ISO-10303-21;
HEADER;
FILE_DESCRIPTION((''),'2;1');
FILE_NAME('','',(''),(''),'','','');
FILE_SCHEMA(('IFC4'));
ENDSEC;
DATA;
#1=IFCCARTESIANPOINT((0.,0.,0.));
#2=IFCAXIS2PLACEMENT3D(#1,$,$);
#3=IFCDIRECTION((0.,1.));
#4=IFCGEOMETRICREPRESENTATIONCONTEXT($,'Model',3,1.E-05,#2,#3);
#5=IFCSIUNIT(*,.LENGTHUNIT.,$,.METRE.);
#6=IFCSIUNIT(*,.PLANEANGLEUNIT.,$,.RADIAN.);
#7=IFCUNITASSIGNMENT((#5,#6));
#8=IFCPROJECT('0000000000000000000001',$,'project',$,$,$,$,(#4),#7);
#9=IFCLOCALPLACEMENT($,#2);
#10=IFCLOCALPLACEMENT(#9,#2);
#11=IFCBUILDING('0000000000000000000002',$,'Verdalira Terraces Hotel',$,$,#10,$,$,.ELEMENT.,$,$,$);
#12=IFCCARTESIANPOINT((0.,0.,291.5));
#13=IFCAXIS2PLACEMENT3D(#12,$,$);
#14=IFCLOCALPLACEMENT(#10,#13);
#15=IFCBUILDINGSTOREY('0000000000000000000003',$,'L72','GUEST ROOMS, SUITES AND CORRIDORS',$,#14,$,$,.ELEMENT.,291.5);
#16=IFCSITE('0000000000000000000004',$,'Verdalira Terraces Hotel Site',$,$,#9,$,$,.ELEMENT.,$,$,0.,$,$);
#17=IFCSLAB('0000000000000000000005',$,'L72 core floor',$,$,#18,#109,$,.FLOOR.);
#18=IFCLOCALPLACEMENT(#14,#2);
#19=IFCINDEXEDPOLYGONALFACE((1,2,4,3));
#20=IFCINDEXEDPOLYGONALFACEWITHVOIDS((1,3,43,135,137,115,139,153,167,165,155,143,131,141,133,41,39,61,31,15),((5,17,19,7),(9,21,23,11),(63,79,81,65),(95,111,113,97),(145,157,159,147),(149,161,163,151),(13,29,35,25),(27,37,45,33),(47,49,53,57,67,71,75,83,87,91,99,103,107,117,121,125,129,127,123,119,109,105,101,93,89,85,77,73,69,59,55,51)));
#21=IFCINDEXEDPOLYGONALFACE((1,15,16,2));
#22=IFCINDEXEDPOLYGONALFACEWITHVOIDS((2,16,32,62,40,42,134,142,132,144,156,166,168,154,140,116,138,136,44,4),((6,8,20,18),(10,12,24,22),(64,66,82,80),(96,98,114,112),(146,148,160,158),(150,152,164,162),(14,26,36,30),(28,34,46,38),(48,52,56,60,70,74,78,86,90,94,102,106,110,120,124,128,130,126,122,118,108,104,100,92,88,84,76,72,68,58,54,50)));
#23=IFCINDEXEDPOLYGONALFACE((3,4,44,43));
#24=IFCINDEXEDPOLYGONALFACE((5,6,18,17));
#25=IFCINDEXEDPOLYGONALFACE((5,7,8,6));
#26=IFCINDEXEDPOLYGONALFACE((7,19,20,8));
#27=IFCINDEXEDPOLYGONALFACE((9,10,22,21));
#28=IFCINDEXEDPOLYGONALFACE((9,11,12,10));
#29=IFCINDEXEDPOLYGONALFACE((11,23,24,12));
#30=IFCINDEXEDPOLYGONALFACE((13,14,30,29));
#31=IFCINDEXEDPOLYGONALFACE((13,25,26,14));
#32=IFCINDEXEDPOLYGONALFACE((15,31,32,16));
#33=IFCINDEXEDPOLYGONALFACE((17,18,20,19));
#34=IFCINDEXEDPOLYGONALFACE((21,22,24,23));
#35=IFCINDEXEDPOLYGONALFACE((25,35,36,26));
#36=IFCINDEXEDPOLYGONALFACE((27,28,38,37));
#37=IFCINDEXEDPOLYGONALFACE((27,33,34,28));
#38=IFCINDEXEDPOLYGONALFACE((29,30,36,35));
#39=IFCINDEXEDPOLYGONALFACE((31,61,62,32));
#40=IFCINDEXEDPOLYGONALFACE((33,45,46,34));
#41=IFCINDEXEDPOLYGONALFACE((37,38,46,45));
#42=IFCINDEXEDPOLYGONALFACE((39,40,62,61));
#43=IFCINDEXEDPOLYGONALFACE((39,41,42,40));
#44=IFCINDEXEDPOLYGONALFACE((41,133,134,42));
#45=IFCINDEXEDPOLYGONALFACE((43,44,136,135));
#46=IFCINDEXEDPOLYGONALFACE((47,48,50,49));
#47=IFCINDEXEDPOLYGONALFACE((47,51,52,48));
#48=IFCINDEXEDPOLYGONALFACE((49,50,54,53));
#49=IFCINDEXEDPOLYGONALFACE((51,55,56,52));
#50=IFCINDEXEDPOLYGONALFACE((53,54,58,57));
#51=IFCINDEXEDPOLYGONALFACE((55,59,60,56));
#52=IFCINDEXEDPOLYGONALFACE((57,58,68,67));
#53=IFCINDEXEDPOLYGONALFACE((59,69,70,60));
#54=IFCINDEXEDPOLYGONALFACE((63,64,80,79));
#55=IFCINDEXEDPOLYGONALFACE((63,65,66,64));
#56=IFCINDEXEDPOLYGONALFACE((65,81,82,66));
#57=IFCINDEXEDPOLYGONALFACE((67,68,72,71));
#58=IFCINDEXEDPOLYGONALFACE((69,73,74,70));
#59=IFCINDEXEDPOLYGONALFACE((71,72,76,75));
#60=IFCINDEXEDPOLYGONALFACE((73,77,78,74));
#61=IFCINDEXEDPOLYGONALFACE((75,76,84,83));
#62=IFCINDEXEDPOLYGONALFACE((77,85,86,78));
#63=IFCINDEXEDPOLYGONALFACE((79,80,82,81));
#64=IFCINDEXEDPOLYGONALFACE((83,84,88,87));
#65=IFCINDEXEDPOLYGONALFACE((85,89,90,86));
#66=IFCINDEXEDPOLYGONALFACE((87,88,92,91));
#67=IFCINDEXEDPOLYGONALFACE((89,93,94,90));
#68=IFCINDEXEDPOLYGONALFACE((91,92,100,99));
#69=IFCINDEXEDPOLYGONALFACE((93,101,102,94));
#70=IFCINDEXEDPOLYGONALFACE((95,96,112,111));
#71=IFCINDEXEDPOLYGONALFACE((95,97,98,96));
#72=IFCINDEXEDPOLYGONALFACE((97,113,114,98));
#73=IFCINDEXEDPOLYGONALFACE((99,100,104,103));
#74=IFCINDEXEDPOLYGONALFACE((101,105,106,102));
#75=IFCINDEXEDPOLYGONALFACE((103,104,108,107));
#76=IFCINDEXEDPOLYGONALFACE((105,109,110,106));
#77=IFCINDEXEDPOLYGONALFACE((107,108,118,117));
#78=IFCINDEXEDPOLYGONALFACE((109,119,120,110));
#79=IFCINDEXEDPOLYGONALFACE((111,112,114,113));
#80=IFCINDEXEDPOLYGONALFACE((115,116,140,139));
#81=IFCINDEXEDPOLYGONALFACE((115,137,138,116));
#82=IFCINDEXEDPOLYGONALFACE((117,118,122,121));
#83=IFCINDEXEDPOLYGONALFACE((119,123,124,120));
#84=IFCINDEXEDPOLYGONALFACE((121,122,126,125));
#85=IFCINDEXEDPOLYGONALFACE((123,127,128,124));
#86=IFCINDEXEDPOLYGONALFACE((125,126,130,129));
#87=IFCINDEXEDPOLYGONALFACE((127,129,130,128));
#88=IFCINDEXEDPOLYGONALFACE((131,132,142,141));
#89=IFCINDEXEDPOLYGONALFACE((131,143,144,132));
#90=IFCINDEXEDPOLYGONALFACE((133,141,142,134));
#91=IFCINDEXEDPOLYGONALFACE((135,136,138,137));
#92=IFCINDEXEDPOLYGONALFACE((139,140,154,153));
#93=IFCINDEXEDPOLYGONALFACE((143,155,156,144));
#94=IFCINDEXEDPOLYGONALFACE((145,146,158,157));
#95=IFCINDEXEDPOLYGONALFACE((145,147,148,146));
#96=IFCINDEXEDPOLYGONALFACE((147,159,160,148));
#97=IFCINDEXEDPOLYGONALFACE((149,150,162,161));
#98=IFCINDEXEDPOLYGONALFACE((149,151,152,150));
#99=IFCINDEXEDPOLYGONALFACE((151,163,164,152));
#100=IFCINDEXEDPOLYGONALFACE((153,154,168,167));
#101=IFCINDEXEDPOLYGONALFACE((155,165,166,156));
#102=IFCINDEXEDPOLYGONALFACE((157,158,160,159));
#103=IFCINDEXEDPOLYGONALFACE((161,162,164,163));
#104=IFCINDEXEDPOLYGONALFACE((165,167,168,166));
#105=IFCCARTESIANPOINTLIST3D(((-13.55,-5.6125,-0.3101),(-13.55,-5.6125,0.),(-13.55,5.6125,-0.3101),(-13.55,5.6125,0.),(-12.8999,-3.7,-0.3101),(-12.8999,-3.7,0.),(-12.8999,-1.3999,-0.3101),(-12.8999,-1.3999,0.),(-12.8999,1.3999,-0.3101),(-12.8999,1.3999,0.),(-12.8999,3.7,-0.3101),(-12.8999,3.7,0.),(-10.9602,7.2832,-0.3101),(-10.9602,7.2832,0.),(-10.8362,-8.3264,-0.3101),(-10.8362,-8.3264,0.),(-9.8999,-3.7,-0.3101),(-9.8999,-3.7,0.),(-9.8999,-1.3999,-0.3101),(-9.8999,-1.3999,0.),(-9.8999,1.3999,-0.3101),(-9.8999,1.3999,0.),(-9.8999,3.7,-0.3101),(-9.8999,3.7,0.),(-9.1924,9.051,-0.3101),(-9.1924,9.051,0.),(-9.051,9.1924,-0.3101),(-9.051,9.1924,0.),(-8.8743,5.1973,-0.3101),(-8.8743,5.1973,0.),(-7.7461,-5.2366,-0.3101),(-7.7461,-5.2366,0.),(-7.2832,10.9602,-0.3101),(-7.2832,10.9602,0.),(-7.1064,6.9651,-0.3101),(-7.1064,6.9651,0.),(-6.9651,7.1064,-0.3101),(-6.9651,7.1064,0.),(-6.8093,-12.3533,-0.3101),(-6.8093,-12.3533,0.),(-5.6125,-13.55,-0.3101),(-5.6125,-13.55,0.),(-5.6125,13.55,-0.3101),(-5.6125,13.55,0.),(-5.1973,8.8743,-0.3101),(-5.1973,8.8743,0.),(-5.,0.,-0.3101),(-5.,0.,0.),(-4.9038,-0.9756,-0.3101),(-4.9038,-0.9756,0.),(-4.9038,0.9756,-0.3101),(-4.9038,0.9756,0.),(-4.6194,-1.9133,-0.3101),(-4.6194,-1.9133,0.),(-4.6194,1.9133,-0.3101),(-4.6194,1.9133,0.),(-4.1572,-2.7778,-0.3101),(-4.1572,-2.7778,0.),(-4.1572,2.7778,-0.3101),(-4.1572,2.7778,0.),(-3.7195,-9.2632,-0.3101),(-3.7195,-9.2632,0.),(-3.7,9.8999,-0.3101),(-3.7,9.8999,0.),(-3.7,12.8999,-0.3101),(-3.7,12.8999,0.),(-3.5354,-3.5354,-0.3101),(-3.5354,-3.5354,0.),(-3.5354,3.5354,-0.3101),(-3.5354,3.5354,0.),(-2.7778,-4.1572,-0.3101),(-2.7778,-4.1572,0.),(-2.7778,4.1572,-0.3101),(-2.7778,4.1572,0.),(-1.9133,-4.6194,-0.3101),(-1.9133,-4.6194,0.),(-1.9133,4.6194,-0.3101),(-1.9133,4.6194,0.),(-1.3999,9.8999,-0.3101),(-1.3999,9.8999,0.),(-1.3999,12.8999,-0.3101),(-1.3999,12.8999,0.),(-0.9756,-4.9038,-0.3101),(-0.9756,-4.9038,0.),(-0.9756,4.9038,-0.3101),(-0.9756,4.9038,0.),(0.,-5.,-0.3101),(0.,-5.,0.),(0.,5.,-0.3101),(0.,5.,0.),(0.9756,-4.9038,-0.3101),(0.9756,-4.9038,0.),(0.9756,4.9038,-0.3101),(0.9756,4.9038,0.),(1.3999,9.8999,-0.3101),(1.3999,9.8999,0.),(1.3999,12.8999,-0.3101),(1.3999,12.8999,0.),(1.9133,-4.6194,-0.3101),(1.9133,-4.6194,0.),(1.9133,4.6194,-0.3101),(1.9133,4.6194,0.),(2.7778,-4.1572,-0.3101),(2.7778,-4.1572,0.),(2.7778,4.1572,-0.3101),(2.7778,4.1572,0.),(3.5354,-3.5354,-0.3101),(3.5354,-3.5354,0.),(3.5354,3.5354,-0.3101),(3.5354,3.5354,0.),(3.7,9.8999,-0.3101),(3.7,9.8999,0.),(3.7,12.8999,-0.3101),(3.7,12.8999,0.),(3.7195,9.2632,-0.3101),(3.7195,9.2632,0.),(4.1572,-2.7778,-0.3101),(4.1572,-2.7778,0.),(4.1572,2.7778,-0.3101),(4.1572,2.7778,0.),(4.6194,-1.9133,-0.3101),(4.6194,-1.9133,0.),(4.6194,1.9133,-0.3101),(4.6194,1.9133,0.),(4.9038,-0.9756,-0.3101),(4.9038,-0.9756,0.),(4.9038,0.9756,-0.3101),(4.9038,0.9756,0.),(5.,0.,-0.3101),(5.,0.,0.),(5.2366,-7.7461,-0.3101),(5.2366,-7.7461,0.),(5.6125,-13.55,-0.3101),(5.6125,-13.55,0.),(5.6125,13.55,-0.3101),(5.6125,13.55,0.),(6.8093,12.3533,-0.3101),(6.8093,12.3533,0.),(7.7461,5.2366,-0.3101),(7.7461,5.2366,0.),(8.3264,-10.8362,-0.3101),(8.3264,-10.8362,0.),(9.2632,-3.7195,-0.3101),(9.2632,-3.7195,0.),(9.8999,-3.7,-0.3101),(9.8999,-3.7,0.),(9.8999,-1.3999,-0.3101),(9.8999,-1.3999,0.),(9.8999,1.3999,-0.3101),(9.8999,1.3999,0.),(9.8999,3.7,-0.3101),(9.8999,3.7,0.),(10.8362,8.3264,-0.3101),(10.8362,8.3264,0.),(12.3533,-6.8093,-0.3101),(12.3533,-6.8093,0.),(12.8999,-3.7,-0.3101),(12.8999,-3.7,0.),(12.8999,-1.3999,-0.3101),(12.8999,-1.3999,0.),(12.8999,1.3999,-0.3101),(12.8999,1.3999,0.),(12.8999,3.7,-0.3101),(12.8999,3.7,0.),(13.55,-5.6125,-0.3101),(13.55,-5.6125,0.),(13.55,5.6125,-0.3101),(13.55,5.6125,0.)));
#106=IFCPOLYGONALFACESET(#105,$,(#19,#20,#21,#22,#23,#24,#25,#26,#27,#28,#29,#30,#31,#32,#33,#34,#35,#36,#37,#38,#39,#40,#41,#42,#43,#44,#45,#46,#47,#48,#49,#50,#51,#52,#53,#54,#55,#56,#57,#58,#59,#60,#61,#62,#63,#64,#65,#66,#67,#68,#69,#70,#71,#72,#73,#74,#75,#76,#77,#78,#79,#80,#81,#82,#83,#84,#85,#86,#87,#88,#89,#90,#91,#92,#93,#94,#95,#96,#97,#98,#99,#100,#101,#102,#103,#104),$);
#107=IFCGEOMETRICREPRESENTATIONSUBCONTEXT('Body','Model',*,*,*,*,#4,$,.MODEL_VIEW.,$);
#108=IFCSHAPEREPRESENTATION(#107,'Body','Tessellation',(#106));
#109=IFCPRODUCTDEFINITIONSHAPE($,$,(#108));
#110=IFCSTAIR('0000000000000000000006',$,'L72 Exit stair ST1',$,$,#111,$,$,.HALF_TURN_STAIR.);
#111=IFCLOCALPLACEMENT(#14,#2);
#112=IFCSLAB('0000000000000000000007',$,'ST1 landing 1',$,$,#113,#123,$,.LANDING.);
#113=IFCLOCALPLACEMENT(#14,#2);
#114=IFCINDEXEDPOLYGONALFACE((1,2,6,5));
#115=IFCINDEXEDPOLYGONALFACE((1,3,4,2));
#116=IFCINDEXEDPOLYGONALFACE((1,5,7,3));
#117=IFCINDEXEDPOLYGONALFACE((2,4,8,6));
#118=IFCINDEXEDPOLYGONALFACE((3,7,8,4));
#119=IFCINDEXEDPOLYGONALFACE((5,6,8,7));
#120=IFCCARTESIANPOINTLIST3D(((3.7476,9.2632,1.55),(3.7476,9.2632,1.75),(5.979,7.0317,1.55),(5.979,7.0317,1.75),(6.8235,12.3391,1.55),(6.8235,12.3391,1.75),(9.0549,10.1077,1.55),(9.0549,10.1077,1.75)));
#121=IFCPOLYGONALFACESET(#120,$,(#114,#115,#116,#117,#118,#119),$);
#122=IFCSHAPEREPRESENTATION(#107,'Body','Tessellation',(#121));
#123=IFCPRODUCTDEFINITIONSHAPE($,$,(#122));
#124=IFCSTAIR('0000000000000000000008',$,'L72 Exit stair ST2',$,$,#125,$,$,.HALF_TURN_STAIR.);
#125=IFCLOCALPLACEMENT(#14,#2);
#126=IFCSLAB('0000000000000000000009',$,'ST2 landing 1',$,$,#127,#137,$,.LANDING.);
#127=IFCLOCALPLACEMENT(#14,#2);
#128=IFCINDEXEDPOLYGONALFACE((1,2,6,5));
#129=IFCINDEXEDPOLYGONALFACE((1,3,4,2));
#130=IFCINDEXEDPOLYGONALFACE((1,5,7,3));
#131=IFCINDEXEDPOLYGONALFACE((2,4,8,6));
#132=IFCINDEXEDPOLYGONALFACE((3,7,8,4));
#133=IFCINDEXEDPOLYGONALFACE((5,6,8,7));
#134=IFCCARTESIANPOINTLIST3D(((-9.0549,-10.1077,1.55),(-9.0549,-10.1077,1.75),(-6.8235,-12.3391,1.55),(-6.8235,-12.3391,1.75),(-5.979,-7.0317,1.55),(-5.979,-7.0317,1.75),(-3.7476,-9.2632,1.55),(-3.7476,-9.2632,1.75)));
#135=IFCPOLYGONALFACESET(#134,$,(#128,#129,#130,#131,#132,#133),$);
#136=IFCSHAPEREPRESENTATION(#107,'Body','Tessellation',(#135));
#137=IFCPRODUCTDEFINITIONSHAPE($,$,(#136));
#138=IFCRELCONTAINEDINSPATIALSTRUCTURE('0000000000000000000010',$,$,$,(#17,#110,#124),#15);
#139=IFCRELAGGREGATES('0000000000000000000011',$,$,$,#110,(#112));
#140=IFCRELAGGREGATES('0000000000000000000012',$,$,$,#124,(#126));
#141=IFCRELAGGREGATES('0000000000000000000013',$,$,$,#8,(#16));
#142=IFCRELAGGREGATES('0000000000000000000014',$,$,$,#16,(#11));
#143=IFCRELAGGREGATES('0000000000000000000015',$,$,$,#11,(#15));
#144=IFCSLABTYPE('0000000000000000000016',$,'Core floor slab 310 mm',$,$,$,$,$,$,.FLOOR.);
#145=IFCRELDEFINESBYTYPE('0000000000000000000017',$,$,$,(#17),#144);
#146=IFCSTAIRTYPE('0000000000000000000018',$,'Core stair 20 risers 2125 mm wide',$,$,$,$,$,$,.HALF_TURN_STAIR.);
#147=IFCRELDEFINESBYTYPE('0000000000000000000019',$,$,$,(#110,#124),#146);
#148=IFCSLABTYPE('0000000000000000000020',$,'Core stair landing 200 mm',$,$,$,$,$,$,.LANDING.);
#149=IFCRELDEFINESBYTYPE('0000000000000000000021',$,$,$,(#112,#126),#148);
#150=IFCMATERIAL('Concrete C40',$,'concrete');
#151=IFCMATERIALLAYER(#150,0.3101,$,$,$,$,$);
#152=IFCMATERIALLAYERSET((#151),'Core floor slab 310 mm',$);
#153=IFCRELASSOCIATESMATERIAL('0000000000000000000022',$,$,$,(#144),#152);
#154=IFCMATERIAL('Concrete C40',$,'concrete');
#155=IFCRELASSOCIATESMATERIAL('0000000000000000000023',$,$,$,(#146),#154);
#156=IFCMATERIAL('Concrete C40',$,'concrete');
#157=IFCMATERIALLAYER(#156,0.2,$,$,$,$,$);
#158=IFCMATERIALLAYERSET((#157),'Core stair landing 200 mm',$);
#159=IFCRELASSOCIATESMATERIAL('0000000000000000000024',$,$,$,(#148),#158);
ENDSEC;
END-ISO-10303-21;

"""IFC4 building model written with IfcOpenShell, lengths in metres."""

from ifc_helpers import new_model, si_unit, direction, frame, origin, place, context, subcontext, project, spatial, polyline, outline, extrude, material, layer, layer_set, type_object, element, aggregate, save


model = new_model("IFC4")

# Units and contexts
model_context = context("Model", 3, precision=1e-05, world=origin(), true_north=direction((0.0, 1.0)))
body_context = subcontext(model_context, "Body", "Model", "MODEL_VIEW")
ifc_project = project(units=[si_unit("LENGTHUNIT", "METRE"), si_unit("PLANEANGLEUNIT", "RADIAN")], contexts=[model_context])

# Site, building, storey
site_placement = place(None, origin())
site = spatial("IfcSite", under=ifc_project, at=site_placement, Name="Verdalira Terraces Hotel Site", CompositionType="ELEMENT", RefElevation=0.0)
building_placement = place(site_placement, origin())
building = spatial("IfcBuilding", under=site, at=building_placement, Name="Verdalira Terraces Hotel", CompositionType="ELEMENT")
storey_placement = place(building_placement, frame((0.0, 0.0, 291.5)))
storey = spatial("IfcBuildingStorey", under=building, at=storey_placement, Name="L72", Description="GUEST ROOMS, SUITES AND CORRIDORS", CompositionType="ELEMENT", Elevation=291.5)

# Slab
ifc_material_1 = material(Name="Concrete C40", Category="concrete")
ifc_layer_1 = layer(ifc_material_1, 0.3101)
ifc_layer_set_1 = layer_set([ifc_layer_1], Name="Core floor slab 310 mm")
slab_type_1 = type_object("IfcSlabType", Name="Core floor slab 310 mm", PredefinedType="FLOOR", material=ifc_layer_set_1)
slab_1_placement = place(storey_placement, frame((0.0, 0.0, -0.3101)))
element("IfcSlab", 1, at=slab_1_placement, inside=storey, type_object=slab_type_1, Name="L72 core floor", PredefinedType="FLOOR", context=body_context, shape_type="SweptSolid", body=[
    extrude(outline(polyline([(-6.8093, -12.3533), (-3.7195, -9.2632), (-7.7461, -5.2366), (-10.8362, -8.3264), (-13.55, -5.6125), (-13.55, 5.6125), (-5.6125, 13.55), (5.6125, 13.55), (6.8093, 12.3533), (3.7195, 9.2632), (7.7461, 5.2366), (10.8362, 8.3264), (13.55, 5.6125), (13.55, -5.6125), (12.3533, -6.8093), (9.2632, -3.7195), (5.2366, -7.7461), (8.3264, -10.8362), (5.6125, -13.55), (-5.6125, -13.55), (-6.8093, -12.3533)]), holes=[polyline([(9.8999, -1.3999), (9.8999, -3.7), (12.8999, -3.7), (12.8999, -1.3999), (9.8999, -1.3999)]), polyline([(9.8999, 3.7), (9.8999, 1.3999), (12.8999, 1.3999), (12.8999, 3.7), (9.8999, 3.7)]), polyline([(3.7, 12.8999), (1.3999, 12.8999), (1.3999, 9.8999), (3.7, 9.8999), (3.7, 12.8999)]), polyline([(-1.3999, 12.8999), (-3.7, 12.8999), (-3.7, 9.8999), (-1.3999, 9.8999), (-1.3999, 12.8999)]), polyline([(-9.8999, 1.3999), (-9.8999, 3.7), (-12.8999, 3.7), (-12.8999, 1.3999), (-9.8999, 1.3999)]), polyline([(-9.8999, -3.7), (-9.8999, -1.3999), (-12.8999, -1.3999), (-12.8999, -3.7), (-9.8999, -3.7)]), polyline([(-9.051, 9.1924), (-6.9651, 7.1064), (-5.1973, 8.8743), (-7.2832, 10.9602), (-9.051, 9.1924)]), polyline([(-9.1924, 9.051), (-10.9602, 7.2832), (-8.8743, 5.1973), (-7.1064, 6.9651), (-9.1924, 9.051)]), polyline([(3.5354, 3.5354), (2.7778, 4.1572), (1.9133, 4.6194), (0.9756, 4.9038), (0.0, 5.0), (-0.9756, 4.9038), (-1.9133, 4.6194), (-2.7778, 4.1572), (-3.5354, 3.5354), (-4.1572, 2.7778), (-4.6194, 1.9133), (-4.9038, 0.9756), (-5.0, 0.0), (-4.9038, -0.9756), (-4.6194, -1.9133), (-4.1572, -2.7778), (-3.5354, -3.5354), (-2.7778, -4.1572), (-1.9133, -4.6194), (-0.9756, -4.9038), (0.0, -5.0), (0.9756, -4.9038), (1.9133, -4.6194), (2.7778, -4.1572), (3.5354, -3.5354), (4.1572, -2.7778), (4.6194, -1.9133), (4.9038, -0.9756), (5.0, 0.0), (4.9038, 0.9756), (4.6194, 1.9133), (4.1572, 2.7778), (3.5354, 3.5354)])]), origin(), (0.0, 0.0, 1.0), 0.3101),
])

# Stairs, slabs
ifc_material_2 = material(Name="Concrete C40", Category="concrete")
stair_type = type_object("IfcStairType", Name="Core stair 20 risers 2125 mm wide", PredefinedType="HALF_TURN_STAIR", material=ifc_material_2)
stair_1_placement = place(storey_placement, origin())
stair_1 = element("IfcStair", 2, at=stair_1_placement, inside=storey, type_object=stair_type, Name="L72 Exit stair ST1", PredefinedType="HALF_TURN_STAIR")
ifc_material_3 = material(Name="Concrete C40", Category="concrete")
ifc_layer_2 = layer(ifc_material_3, 0.2)
ifc_layer_set_2 = layer_set([ifc_layer_2], Name="Core stair landing 200 mm")
slab_type_2 = type_object("IfcSlabType", Name="Core stair landing 200 mm", PredefinedType="LANDING", material=ifc_layer_set_2)
slab_2_placement = place(storey_placement, frame((0.0, 0.0, 1.55)))
slab_2 = element("IfcSlab", 3, at=slab_2_placement, type_object=slab_type_2, Name="ST1 landing 1", PredefinedType="LANDING", context=body_context, shape_type="SweptSolid", body=[
    extrude(outline(polyline([(9.0549, 10.1077), (6.8235, 12.3391), (3.7476, 9.2632), (5.979, 7.0317), (9.0549, 10.1077)])), origin(), (0.0, 0.0, 1.0), 0.2),
])
aggregate(stair_1, [slab_2])
stair_2_placement = place(storey_placement, origin())
stair_2 = element("IfcStair", 4, at=stair_2_placement, inside=storey, type_object=stair_type, Name="L72 Exit stair ST2", PredefinedType="HALF_TURN_STAIR")
slab_3_placement = place(storey_placement, frame((0.0, 0.0, 1.55)))
slab_3 = element("IfcSlab", 5, at=slab_3_placement, type_object=slab_type_2, Name="ST2 landing 1", PredefinedType="LANDING", context=body_context, shape_type="SweptSolid", body=[
    extrude(outline(polyline([(-9.0549, -10.1077), (-6.8235, -12.3391), (-3.7476, -9.2632), (-5.979, -7.0317), (-9.0549, -10.1077)])), origin(), (0.0, 0.0, 1.0), 0.2),
])
aggregate(stair_2, [slab_3])

save(model, "model.ifc")
